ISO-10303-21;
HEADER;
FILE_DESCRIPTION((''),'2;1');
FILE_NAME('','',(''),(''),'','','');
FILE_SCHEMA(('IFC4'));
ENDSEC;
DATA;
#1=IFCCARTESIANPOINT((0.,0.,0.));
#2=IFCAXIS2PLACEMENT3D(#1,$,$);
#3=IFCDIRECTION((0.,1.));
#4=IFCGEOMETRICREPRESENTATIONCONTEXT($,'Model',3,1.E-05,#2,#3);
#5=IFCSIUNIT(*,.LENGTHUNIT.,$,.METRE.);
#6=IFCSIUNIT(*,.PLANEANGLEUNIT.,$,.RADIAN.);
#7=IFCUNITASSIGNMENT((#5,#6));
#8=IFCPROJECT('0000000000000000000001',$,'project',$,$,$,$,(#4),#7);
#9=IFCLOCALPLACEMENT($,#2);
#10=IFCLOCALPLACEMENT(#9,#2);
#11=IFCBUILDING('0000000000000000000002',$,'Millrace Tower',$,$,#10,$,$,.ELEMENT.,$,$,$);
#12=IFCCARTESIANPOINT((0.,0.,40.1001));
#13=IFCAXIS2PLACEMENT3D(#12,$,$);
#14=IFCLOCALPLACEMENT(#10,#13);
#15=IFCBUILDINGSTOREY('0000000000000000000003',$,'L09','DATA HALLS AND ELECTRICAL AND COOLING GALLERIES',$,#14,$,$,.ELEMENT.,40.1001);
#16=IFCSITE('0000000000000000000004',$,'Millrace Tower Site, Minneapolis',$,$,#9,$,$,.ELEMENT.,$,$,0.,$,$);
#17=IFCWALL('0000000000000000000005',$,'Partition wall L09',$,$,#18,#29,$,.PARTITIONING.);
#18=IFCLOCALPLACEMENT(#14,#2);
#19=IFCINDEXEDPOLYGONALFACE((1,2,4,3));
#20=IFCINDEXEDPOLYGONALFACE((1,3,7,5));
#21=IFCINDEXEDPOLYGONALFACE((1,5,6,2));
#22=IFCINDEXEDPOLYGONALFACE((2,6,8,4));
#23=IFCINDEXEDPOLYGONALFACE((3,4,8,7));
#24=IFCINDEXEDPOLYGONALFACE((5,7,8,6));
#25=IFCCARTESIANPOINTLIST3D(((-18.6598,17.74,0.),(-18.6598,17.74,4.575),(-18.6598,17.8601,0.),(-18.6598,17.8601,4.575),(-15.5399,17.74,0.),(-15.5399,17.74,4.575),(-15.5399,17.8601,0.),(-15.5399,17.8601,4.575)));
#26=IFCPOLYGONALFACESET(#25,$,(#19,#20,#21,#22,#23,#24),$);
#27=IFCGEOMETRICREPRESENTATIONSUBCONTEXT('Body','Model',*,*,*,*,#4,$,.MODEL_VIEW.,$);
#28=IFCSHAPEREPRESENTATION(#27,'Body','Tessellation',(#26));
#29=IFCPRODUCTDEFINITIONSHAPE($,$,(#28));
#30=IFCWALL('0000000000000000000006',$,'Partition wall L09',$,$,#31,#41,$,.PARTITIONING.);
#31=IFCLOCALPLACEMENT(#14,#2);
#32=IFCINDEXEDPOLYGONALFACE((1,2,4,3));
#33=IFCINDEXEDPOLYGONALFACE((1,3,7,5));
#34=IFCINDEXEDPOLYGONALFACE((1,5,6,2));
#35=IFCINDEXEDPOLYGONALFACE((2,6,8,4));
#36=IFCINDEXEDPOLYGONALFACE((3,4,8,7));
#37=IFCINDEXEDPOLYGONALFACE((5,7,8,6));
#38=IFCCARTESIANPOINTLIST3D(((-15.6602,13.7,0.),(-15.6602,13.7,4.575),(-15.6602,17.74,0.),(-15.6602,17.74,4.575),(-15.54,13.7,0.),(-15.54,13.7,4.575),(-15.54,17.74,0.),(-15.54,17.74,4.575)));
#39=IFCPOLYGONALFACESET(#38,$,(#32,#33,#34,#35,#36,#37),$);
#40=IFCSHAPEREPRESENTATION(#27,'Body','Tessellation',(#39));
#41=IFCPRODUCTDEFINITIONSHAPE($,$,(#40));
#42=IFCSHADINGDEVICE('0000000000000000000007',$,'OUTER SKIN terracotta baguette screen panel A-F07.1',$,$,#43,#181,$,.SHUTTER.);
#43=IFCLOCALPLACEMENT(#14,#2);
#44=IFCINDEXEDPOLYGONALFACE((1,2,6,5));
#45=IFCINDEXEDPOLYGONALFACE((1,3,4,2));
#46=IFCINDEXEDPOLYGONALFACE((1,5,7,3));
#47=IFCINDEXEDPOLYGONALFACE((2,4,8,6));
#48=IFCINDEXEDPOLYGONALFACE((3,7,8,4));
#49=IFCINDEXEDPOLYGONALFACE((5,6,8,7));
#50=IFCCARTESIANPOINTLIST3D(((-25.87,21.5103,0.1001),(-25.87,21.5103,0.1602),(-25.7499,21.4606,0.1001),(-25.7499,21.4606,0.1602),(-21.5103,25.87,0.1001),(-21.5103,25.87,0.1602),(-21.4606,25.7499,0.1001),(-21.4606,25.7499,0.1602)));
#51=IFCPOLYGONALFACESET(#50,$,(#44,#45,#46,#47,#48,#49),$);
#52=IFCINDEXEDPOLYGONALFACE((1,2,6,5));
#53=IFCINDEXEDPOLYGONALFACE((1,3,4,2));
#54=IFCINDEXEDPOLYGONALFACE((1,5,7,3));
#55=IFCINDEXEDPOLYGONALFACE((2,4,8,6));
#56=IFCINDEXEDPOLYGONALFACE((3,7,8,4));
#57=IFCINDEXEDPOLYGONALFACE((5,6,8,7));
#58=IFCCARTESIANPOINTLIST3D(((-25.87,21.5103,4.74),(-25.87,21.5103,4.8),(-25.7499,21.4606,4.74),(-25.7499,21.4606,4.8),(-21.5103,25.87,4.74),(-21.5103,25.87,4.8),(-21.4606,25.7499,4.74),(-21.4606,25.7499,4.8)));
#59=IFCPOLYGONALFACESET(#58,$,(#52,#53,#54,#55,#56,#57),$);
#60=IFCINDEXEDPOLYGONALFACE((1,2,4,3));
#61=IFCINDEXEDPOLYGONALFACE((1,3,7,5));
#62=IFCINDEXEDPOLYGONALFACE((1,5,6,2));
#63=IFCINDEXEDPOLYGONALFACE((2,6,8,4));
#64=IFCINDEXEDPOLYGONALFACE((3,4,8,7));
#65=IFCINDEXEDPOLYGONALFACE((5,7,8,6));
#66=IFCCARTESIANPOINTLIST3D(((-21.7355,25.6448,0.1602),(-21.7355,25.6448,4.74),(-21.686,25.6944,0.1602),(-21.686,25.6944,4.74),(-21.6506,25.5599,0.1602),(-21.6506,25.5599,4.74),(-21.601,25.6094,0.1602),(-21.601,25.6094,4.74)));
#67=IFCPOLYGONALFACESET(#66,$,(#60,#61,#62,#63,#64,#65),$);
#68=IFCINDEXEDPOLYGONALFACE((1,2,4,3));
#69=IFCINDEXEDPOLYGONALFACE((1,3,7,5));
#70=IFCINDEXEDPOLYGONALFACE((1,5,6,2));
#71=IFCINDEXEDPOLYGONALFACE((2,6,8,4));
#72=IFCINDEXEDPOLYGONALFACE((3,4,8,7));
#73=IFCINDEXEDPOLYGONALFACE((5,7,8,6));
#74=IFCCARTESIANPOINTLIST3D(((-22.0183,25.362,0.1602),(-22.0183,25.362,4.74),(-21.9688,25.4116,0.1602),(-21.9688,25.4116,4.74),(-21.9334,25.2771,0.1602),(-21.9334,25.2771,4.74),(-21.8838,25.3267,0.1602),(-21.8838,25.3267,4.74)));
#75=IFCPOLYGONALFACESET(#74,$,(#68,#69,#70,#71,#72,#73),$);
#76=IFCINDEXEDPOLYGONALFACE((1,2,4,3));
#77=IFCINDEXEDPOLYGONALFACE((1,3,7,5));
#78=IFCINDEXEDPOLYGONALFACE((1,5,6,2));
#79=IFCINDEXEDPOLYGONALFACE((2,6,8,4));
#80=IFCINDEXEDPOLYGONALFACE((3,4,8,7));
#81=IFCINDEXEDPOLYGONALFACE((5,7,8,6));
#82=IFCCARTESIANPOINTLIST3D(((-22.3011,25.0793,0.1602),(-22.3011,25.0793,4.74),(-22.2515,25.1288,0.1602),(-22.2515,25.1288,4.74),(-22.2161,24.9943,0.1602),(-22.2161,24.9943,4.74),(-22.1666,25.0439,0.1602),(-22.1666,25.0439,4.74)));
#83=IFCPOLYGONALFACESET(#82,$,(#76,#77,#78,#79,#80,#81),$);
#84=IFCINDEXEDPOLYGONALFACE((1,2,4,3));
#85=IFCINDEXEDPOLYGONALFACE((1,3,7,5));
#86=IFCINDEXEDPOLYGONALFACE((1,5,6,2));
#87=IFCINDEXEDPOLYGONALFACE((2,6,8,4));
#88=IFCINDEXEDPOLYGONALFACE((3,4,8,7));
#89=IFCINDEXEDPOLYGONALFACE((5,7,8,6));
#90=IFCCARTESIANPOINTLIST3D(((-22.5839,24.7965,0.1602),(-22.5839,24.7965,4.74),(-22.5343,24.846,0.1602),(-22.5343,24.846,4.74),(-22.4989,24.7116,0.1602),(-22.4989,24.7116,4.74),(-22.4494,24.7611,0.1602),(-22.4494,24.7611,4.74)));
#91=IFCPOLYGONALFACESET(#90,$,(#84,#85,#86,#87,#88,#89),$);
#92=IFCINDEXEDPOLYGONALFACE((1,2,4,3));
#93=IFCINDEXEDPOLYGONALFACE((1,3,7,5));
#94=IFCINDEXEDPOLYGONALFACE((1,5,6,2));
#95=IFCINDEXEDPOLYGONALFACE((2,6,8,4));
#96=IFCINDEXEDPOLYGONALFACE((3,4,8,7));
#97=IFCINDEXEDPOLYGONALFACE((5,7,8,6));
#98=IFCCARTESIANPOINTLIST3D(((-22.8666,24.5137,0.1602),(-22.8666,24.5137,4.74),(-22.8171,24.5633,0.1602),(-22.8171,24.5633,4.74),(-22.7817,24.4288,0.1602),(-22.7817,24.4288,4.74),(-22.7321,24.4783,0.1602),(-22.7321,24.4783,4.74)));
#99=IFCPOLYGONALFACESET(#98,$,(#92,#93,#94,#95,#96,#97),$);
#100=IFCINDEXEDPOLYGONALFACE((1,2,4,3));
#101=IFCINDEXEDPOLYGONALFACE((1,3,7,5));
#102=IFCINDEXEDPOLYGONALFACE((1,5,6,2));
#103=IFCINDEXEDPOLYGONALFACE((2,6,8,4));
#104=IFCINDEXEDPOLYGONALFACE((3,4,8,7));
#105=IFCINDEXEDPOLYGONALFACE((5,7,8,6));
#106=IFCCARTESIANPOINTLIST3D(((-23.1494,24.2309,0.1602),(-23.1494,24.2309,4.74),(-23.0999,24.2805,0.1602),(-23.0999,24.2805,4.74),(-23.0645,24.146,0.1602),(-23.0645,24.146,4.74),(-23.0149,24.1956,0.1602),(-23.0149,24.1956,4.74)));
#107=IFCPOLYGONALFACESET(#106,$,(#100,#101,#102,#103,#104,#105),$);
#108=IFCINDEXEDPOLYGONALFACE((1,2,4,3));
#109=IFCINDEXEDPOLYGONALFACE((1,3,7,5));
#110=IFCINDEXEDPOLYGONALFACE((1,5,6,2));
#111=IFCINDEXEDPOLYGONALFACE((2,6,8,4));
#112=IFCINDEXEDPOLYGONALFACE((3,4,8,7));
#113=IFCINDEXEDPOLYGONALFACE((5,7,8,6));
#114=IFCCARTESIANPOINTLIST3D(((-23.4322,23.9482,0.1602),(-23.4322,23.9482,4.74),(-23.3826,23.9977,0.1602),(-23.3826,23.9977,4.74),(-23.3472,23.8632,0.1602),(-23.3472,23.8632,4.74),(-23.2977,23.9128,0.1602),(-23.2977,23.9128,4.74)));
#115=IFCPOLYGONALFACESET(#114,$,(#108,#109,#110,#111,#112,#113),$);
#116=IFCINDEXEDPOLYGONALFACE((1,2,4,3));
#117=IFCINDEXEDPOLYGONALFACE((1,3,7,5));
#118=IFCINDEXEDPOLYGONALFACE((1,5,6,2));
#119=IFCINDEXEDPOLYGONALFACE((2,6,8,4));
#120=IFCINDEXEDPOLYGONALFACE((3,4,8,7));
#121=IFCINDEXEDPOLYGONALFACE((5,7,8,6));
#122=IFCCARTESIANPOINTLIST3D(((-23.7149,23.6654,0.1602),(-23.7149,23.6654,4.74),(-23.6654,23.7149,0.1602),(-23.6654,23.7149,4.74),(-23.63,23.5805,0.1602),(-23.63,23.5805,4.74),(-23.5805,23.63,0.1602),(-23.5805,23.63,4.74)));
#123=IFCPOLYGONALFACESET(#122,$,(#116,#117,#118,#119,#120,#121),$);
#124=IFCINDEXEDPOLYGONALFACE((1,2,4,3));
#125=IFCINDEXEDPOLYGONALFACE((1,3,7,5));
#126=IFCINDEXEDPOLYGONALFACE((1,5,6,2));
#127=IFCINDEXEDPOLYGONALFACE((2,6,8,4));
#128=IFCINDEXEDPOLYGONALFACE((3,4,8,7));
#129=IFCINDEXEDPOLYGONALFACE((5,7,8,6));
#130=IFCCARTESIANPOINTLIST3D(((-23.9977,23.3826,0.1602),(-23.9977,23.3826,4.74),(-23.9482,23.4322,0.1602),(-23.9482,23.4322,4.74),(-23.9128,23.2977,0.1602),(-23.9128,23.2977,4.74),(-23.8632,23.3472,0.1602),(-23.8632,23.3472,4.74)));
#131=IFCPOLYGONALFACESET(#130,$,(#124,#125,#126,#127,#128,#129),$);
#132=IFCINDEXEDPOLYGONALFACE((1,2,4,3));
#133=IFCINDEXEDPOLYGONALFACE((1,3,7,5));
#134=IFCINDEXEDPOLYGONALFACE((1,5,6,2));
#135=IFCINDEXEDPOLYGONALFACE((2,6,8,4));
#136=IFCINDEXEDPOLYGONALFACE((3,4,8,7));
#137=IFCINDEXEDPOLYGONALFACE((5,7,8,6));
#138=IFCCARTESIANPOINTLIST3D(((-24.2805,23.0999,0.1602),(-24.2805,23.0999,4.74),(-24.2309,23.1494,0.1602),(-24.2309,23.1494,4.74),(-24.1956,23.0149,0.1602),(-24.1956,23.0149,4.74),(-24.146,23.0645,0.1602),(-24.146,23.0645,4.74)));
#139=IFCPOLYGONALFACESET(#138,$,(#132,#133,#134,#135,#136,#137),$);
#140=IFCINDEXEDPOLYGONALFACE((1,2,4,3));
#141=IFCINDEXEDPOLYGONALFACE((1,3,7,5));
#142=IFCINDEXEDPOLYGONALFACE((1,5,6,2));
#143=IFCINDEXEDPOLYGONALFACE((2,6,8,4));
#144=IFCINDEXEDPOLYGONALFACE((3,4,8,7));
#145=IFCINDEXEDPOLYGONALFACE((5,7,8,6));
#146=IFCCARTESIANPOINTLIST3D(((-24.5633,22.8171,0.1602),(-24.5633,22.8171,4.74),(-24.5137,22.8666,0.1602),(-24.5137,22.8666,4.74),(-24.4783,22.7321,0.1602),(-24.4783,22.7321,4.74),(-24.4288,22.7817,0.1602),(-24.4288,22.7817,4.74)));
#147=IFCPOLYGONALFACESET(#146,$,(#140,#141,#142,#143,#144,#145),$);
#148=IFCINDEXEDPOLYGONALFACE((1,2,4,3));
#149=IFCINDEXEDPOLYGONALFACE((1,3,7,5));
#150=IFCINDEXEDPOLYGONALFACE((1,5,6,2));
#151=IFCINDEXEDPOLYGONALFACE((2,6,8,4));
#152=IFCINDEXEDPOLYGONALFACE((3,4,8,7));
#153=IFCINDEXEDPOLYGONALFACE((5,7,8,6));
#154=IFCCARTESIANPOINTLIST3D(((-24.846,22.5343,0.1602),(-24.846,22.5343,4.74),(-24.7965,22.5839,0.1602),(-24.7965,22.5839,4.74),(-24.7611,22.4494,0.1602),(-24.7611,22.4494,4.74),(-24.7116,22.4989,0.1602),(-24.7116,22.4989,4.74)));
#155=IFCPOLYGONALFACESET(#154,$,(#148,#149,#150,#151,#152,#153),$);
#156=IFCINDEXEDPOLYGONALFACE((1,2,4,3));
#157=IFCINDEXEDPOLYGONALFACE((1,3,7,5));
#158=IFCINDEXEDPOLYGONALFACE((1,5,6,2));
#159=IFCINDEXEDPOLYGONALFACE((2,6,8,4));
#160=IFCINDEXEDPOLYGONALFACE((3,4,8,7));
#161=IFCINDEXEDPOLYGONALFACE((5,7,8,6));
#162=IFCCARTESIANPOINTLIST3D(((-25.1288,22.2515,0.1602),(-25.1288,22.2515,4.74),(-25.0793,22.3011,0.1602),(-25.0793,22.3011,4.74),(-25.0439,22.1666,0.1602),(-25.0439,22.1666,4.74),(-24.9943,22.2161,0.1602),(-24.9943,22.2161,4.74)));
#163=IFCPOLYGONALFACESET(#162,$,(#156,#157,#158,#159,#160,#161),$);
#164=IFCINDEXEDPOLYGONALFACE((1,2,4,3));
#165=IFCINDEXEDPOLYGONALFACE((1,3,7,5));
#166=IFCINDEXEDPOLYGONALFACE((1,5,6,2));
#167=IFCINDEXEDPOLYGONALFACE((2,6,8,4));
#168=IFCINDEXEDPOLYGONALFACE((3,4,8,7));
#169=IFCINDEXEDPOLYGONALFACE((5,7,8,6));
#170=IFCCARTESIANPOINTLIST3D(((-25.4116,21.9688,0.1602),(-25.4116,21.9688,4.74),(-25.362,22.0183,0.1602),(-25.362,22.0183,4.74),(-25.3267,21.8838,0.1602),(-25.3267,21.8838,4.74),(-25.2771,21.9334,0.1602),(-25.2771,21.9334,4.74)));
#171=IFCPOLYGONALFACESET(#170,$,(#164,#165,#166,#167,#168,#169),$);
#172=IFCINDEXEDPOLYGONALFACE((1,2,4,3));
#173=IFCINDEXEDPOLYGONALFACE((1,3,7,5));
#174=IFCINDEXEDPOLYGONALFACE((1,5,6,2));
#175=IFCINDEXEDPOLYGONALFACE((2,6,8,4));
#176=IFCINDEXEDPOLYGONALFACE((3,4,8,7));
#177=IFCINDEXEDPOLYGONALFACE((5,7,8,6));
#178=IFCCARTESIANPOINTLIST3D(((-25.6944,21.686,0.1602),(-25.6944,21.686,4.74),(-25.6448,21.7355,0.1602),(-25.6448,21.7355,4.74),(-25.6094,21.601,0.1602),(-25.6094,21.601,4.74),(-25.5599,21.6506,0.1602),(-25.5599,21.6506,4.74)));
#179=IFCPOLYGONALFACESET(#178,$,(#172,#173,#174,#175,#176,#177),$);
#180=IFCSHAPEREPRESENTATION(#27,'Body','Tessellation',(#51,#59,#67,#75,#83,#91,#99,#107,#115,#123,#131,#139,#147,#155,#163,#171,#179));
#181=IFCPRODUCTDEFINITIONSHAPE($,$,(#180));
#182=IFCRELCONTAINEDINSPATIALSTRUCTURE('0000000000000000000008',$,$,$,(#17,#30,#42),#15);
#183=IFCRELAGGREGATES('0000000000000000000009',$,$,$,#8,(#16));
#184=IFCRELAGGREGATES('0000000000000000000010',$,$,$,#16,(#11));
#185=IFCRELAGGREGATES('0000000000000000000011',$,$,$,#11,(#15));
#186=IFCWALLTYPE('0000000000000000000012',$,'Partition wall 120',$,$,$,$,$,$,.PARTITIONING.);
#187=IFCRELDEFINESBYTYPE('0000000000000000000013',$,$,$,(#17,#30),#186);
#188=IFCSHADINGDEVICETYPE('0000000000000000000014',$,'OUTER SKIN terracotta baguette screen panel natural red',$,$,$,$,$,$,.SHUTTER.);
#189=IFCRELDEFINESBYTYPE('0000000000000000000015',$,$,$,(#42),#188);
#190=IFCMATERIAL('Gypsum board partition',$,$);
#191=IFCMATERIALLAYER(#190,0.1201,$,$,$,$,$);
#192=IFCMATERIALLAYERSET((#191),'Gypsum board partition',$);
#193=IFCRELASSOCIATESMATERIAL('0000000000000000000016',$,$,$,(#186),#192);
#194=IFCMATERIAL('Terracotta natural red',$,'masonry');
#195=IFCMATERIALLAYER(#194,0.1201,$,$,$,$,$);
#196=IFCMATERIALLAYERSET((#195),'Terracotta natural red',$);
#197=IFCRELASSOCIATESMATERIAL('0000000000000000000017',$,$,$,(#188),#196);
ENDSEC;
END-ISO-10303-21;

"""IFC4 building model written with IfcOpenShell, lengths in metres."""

from ifc_helpers import new_model, entity, si_unit, direction, frame, frame_2d, origin, origin_2d, place, context, subcontext, project, spatial, rectangle, extrude, source, transform, mapped, material, layer, layer_set, type_object, element, save


model = new_model("IFC4")

# Units and contexts
model_context = context("Model", 3, precision=1e-05, world=origin(), true_north=direction((0.0, 1.0)))
body_context = subcontext(model_context, "Body", "Model", "MODEL_VIEW")
ifc_project = project(units=[si_unit("LENGTHUNIT", "METRE"), si_unit("PLANEANGLEUNIT", "RADIAN")], contexts=[model_context])

# Site, building, storey
site_placement = place(None, origin())
site = spatial("IfcSite", under=ifc_project, at=site_placement, Name="Millrace Tower Site, Minneapolis", CompositionType="ELEMENT", RefElevation=0.0)
building_placement = place(site_placement, origin())
building = spatial("IfcBuilding", under=site, at=building_placement, Name="Millrace Tower", CompositionType="ELEMENT")
storey_placement = place(building_placement, frame((0.0, 0.0, 40.1001)))
storey = spatial("IfcBuildingStorey", under=building, at=storey_placement, Name="L09", Description="DATA HALLS AND ELECTRICAL AND COOLING GALLERIES", CompositionType="ELEMENT", Elevation=40.1001)

# Walls
ifc_material_1 = material(Name="Gypsum board partition")
ifc_layer_1 = layer(ifc_material_1, 0.1201)
ifc_layer_set_1 = layer_set([ifc_layer_1], Name="Gypsum board partition")
wall_type = type_object("IfcWallType", Name="Partition wall 120", PredefinedType="PARTITIONING", material=ifc_layer_set_1)
wall_1_placement = place(storey_placement, frame((-18.6599, 17.8, 0.0), z_axis=(0.0, 0.0, 1.0), x_axis=(1.0, 0.0, 0.0)))
element("IfcWall", 1, at=wall_1_placement, inside=storey, type_object=wall_type, Name="Partition wall L09", PredefinedType="PARTITIONING", context=body_context, shape_type="SweptSolid", body=[
    extrude(rectangle(XDim=3.1199, YDim=0.1201, at=frame_2d((1.5601, 0.0))), origin(), (0.0, 0.0, 1.0), 4.575),
])
wall_2_placement = place(storey_placement, frame((-15.6001, 13.7, 0.0), z_axis=(0.0, 0.0, 1.0), x_axis=(0.0, 1.0, 0.0)))
element("IfcWall", 2, at=wall_2_placement, inside=storey, type_object=wall_type, Name="Partition wall L09", PredefinedType="PARTITIONING", context=body_context, shape_type="SweptSolid", body=[
    extrude(rectangle(XDim=4.04, YDim=0.1201, at=frame_2d((2.02, 0.0))), origin(), (0.0, 0.0, 1.0), 4.575),
])

# Shading device
ifc_material_2 = material(Name="Terracotta natural red", Category="masonry")
ifc_layer_2 = layer(ifc_material_2, 0.1201)
ifc_layer_set_2 = layer_set([ifc_layer_2], Name="Terracotta natural red")
shading_device_type_1 = type_object("IfcShadingDeviceType", Name="OUTER SKIN terracotta baguette screen panel natural red", PredefinedType="SHUTTER", material=ifc_layer_set_2)
cartesian_point_1 = entity("IfcCartesianPoint", [-3.033, 0.0601])
shared_polyline_1 = entity("IfcPolyline", [cartesian_point_1, entity("IfcCartesianPoint", [3.033, 0.0601]), entity("IfcCartesianPoint", [3.0828, -0.0601]), entity("IfcCartesianPoint", [-3.0828, -0.0601]), cartesian_point_1])
shared_shape_1 = source(origin(), body_context, "Body", "SweptSolid", [
    entity("IfcExtrudedAreaSolid", entity("IfcArbitraryClosedProfileDef", "AREA", None, shared_polyline_1), entity("IfcAxis2Placement3D", entity("IfcCartesianPoint", [0.0, 0.0, 0.0])), entity("IfcDirection", [0.0, 0.0, 1.0]), 0.0601),
    entity("IfcExtrudedAreaSolid", entity("IfcArbitraryClosedProfileDef", "AREA", None, shared_polyline_1), entity("IfcAxis2Placement3D", entity("IfcCartesianPoint", [0.0, 0.0, 4.6399])), entity("IfcDirection", [0.0, 0.0, 1.0]), 0.0601),
    extrude(rectangle(XDim=0.0701, YDim=0.1201, at=frame_2d((-2.7993, 0.0))), frame((0.0, 0.0, 0.0601)), (0.0, 0.0, 1.0), 4.5798),
    extrude(rectangle(XDim=0.0701, YDim=0.1201, at=frame_2d((-2.3994, 0.0))), frame((0.0, 0.0, 0.0601)), (0.0, 0.0, 1.0), 4.5798),
    extrude(rectangle(XDim=0.0701, YDim=0.1201, at=frame_2d((-1.9995, 0.0))), frame((0.0, 0.0, 0.0601)), (0.0, 0.0, 1.0), 4.5798),
    extrude(rectangle(XDim=0.0701, YDim=0.1201, at=frame_2d((-1.5996, 0.0))), frame((0.0, 0.0, 0.0601)), (0.0, 0.0, 1.0), 4.5798),
    extrude(rectangle(XDim=0.0701, YDim=0.1201, at=frame_2d((-1.1997, 0.0))), frame((0.0, 0.0, 0.0601)), (0.0, 0.0, 1.0), 4.5798),
    extrude(rectangle(XDim=0.0701, YDim=0.1201, at=frame_2d((-0.7998, 0.0))), frame((0.0, 0.0, 0.0601)), (0.0, 0.0, 1.0), 4.5798),
    extrude(rectangle(XDim=0.0701, YDim=0.1201, at=frame_2d((-0.3999, 0.0))), frame((0.0, 0.0, 0.0601)), (0.0, 0.0, 1.0), 4.5798),
    extrude(rectangle(XDim=0.0701, YDim=0.1201, at=origin_2d()), frame((0.0, 0.0, 0.0601)), (0.0, 0.0, 1.0), 4.5798),
    extrude(rectangle(XDim=0.0701, YDim=0.1201, at=frame_2d((0.3999, 0.0))), frame((0.0, 0.0, 0.0601)), (0.0, 0.0, 1.0), 4.5798),
    extrude(rectangle(XDim=0.0701, YDim=0.1201, at=frame_2d((0.7998, 0.0))), frame((0.0, 0.0, 0.0601)), (0.0, 0.0, 1.0), 4.5798),
    extrude(rectangle(XDim=0.0701, YDim=0.1201, at=frame_2d((1.1997, 0.0))), frame((0.0, 0.0, 0.0601)), (0.0, 0.0, 1.0), 4.5798),
    extrude(rectangle(XDim=0.0701, YDim=0.1201, at=frame_2d((1.5996, 0.0))), frame((0.0, 0.0, 0.0601)), (0.0, 0.0, 1.0), 4.5798),
    extrude(rectangle(XDim=0.0701, YDim=0.1201, at=frame_2d((1.9995, 0.0))), frame((0.0, 0.0, 0.0601)), (0.0, 0.0, 1.0), 4.5798),
    extrude(rectangle(XDim=0.0701, YDim=0.1201, at=frame_2d((2.3994, 0.0))), frame((0.0, 0.0, 0.0601)), (0.0, 0.0, 1.0), 4.5798),
    extrude(rectangle(XDim=0.0701, YDim=0.1201, at=frame_2d((2.7993, 0.0))), frame((0.0, 0.0, 0.0601)), (0.0, 0.0, 1.0), 4.5798),
])
shading_device_1_placement = place(storey_placement, frame((-23.6477, 23.6477, 0.1001), z_axis=(0.0, 0.0, 1.0), x_axis=(-0.707107, -0.707107, 0.0)))
element("IfcShadingDevice", 3, at=shading_device_1_placement, inside=storey, type_object=shading_device_type_1, Name="OUTER SKIN terracotta baguette screen panel A-F07.1", PredefinedType="SHUTTER", context=body_context, shape_type="MappedRepresentation", body=[
    mapped(shared_shape_1, transform((0.0, 0.0, 0.0), scale=1.0)),
])

save(model, "model.ifc")
